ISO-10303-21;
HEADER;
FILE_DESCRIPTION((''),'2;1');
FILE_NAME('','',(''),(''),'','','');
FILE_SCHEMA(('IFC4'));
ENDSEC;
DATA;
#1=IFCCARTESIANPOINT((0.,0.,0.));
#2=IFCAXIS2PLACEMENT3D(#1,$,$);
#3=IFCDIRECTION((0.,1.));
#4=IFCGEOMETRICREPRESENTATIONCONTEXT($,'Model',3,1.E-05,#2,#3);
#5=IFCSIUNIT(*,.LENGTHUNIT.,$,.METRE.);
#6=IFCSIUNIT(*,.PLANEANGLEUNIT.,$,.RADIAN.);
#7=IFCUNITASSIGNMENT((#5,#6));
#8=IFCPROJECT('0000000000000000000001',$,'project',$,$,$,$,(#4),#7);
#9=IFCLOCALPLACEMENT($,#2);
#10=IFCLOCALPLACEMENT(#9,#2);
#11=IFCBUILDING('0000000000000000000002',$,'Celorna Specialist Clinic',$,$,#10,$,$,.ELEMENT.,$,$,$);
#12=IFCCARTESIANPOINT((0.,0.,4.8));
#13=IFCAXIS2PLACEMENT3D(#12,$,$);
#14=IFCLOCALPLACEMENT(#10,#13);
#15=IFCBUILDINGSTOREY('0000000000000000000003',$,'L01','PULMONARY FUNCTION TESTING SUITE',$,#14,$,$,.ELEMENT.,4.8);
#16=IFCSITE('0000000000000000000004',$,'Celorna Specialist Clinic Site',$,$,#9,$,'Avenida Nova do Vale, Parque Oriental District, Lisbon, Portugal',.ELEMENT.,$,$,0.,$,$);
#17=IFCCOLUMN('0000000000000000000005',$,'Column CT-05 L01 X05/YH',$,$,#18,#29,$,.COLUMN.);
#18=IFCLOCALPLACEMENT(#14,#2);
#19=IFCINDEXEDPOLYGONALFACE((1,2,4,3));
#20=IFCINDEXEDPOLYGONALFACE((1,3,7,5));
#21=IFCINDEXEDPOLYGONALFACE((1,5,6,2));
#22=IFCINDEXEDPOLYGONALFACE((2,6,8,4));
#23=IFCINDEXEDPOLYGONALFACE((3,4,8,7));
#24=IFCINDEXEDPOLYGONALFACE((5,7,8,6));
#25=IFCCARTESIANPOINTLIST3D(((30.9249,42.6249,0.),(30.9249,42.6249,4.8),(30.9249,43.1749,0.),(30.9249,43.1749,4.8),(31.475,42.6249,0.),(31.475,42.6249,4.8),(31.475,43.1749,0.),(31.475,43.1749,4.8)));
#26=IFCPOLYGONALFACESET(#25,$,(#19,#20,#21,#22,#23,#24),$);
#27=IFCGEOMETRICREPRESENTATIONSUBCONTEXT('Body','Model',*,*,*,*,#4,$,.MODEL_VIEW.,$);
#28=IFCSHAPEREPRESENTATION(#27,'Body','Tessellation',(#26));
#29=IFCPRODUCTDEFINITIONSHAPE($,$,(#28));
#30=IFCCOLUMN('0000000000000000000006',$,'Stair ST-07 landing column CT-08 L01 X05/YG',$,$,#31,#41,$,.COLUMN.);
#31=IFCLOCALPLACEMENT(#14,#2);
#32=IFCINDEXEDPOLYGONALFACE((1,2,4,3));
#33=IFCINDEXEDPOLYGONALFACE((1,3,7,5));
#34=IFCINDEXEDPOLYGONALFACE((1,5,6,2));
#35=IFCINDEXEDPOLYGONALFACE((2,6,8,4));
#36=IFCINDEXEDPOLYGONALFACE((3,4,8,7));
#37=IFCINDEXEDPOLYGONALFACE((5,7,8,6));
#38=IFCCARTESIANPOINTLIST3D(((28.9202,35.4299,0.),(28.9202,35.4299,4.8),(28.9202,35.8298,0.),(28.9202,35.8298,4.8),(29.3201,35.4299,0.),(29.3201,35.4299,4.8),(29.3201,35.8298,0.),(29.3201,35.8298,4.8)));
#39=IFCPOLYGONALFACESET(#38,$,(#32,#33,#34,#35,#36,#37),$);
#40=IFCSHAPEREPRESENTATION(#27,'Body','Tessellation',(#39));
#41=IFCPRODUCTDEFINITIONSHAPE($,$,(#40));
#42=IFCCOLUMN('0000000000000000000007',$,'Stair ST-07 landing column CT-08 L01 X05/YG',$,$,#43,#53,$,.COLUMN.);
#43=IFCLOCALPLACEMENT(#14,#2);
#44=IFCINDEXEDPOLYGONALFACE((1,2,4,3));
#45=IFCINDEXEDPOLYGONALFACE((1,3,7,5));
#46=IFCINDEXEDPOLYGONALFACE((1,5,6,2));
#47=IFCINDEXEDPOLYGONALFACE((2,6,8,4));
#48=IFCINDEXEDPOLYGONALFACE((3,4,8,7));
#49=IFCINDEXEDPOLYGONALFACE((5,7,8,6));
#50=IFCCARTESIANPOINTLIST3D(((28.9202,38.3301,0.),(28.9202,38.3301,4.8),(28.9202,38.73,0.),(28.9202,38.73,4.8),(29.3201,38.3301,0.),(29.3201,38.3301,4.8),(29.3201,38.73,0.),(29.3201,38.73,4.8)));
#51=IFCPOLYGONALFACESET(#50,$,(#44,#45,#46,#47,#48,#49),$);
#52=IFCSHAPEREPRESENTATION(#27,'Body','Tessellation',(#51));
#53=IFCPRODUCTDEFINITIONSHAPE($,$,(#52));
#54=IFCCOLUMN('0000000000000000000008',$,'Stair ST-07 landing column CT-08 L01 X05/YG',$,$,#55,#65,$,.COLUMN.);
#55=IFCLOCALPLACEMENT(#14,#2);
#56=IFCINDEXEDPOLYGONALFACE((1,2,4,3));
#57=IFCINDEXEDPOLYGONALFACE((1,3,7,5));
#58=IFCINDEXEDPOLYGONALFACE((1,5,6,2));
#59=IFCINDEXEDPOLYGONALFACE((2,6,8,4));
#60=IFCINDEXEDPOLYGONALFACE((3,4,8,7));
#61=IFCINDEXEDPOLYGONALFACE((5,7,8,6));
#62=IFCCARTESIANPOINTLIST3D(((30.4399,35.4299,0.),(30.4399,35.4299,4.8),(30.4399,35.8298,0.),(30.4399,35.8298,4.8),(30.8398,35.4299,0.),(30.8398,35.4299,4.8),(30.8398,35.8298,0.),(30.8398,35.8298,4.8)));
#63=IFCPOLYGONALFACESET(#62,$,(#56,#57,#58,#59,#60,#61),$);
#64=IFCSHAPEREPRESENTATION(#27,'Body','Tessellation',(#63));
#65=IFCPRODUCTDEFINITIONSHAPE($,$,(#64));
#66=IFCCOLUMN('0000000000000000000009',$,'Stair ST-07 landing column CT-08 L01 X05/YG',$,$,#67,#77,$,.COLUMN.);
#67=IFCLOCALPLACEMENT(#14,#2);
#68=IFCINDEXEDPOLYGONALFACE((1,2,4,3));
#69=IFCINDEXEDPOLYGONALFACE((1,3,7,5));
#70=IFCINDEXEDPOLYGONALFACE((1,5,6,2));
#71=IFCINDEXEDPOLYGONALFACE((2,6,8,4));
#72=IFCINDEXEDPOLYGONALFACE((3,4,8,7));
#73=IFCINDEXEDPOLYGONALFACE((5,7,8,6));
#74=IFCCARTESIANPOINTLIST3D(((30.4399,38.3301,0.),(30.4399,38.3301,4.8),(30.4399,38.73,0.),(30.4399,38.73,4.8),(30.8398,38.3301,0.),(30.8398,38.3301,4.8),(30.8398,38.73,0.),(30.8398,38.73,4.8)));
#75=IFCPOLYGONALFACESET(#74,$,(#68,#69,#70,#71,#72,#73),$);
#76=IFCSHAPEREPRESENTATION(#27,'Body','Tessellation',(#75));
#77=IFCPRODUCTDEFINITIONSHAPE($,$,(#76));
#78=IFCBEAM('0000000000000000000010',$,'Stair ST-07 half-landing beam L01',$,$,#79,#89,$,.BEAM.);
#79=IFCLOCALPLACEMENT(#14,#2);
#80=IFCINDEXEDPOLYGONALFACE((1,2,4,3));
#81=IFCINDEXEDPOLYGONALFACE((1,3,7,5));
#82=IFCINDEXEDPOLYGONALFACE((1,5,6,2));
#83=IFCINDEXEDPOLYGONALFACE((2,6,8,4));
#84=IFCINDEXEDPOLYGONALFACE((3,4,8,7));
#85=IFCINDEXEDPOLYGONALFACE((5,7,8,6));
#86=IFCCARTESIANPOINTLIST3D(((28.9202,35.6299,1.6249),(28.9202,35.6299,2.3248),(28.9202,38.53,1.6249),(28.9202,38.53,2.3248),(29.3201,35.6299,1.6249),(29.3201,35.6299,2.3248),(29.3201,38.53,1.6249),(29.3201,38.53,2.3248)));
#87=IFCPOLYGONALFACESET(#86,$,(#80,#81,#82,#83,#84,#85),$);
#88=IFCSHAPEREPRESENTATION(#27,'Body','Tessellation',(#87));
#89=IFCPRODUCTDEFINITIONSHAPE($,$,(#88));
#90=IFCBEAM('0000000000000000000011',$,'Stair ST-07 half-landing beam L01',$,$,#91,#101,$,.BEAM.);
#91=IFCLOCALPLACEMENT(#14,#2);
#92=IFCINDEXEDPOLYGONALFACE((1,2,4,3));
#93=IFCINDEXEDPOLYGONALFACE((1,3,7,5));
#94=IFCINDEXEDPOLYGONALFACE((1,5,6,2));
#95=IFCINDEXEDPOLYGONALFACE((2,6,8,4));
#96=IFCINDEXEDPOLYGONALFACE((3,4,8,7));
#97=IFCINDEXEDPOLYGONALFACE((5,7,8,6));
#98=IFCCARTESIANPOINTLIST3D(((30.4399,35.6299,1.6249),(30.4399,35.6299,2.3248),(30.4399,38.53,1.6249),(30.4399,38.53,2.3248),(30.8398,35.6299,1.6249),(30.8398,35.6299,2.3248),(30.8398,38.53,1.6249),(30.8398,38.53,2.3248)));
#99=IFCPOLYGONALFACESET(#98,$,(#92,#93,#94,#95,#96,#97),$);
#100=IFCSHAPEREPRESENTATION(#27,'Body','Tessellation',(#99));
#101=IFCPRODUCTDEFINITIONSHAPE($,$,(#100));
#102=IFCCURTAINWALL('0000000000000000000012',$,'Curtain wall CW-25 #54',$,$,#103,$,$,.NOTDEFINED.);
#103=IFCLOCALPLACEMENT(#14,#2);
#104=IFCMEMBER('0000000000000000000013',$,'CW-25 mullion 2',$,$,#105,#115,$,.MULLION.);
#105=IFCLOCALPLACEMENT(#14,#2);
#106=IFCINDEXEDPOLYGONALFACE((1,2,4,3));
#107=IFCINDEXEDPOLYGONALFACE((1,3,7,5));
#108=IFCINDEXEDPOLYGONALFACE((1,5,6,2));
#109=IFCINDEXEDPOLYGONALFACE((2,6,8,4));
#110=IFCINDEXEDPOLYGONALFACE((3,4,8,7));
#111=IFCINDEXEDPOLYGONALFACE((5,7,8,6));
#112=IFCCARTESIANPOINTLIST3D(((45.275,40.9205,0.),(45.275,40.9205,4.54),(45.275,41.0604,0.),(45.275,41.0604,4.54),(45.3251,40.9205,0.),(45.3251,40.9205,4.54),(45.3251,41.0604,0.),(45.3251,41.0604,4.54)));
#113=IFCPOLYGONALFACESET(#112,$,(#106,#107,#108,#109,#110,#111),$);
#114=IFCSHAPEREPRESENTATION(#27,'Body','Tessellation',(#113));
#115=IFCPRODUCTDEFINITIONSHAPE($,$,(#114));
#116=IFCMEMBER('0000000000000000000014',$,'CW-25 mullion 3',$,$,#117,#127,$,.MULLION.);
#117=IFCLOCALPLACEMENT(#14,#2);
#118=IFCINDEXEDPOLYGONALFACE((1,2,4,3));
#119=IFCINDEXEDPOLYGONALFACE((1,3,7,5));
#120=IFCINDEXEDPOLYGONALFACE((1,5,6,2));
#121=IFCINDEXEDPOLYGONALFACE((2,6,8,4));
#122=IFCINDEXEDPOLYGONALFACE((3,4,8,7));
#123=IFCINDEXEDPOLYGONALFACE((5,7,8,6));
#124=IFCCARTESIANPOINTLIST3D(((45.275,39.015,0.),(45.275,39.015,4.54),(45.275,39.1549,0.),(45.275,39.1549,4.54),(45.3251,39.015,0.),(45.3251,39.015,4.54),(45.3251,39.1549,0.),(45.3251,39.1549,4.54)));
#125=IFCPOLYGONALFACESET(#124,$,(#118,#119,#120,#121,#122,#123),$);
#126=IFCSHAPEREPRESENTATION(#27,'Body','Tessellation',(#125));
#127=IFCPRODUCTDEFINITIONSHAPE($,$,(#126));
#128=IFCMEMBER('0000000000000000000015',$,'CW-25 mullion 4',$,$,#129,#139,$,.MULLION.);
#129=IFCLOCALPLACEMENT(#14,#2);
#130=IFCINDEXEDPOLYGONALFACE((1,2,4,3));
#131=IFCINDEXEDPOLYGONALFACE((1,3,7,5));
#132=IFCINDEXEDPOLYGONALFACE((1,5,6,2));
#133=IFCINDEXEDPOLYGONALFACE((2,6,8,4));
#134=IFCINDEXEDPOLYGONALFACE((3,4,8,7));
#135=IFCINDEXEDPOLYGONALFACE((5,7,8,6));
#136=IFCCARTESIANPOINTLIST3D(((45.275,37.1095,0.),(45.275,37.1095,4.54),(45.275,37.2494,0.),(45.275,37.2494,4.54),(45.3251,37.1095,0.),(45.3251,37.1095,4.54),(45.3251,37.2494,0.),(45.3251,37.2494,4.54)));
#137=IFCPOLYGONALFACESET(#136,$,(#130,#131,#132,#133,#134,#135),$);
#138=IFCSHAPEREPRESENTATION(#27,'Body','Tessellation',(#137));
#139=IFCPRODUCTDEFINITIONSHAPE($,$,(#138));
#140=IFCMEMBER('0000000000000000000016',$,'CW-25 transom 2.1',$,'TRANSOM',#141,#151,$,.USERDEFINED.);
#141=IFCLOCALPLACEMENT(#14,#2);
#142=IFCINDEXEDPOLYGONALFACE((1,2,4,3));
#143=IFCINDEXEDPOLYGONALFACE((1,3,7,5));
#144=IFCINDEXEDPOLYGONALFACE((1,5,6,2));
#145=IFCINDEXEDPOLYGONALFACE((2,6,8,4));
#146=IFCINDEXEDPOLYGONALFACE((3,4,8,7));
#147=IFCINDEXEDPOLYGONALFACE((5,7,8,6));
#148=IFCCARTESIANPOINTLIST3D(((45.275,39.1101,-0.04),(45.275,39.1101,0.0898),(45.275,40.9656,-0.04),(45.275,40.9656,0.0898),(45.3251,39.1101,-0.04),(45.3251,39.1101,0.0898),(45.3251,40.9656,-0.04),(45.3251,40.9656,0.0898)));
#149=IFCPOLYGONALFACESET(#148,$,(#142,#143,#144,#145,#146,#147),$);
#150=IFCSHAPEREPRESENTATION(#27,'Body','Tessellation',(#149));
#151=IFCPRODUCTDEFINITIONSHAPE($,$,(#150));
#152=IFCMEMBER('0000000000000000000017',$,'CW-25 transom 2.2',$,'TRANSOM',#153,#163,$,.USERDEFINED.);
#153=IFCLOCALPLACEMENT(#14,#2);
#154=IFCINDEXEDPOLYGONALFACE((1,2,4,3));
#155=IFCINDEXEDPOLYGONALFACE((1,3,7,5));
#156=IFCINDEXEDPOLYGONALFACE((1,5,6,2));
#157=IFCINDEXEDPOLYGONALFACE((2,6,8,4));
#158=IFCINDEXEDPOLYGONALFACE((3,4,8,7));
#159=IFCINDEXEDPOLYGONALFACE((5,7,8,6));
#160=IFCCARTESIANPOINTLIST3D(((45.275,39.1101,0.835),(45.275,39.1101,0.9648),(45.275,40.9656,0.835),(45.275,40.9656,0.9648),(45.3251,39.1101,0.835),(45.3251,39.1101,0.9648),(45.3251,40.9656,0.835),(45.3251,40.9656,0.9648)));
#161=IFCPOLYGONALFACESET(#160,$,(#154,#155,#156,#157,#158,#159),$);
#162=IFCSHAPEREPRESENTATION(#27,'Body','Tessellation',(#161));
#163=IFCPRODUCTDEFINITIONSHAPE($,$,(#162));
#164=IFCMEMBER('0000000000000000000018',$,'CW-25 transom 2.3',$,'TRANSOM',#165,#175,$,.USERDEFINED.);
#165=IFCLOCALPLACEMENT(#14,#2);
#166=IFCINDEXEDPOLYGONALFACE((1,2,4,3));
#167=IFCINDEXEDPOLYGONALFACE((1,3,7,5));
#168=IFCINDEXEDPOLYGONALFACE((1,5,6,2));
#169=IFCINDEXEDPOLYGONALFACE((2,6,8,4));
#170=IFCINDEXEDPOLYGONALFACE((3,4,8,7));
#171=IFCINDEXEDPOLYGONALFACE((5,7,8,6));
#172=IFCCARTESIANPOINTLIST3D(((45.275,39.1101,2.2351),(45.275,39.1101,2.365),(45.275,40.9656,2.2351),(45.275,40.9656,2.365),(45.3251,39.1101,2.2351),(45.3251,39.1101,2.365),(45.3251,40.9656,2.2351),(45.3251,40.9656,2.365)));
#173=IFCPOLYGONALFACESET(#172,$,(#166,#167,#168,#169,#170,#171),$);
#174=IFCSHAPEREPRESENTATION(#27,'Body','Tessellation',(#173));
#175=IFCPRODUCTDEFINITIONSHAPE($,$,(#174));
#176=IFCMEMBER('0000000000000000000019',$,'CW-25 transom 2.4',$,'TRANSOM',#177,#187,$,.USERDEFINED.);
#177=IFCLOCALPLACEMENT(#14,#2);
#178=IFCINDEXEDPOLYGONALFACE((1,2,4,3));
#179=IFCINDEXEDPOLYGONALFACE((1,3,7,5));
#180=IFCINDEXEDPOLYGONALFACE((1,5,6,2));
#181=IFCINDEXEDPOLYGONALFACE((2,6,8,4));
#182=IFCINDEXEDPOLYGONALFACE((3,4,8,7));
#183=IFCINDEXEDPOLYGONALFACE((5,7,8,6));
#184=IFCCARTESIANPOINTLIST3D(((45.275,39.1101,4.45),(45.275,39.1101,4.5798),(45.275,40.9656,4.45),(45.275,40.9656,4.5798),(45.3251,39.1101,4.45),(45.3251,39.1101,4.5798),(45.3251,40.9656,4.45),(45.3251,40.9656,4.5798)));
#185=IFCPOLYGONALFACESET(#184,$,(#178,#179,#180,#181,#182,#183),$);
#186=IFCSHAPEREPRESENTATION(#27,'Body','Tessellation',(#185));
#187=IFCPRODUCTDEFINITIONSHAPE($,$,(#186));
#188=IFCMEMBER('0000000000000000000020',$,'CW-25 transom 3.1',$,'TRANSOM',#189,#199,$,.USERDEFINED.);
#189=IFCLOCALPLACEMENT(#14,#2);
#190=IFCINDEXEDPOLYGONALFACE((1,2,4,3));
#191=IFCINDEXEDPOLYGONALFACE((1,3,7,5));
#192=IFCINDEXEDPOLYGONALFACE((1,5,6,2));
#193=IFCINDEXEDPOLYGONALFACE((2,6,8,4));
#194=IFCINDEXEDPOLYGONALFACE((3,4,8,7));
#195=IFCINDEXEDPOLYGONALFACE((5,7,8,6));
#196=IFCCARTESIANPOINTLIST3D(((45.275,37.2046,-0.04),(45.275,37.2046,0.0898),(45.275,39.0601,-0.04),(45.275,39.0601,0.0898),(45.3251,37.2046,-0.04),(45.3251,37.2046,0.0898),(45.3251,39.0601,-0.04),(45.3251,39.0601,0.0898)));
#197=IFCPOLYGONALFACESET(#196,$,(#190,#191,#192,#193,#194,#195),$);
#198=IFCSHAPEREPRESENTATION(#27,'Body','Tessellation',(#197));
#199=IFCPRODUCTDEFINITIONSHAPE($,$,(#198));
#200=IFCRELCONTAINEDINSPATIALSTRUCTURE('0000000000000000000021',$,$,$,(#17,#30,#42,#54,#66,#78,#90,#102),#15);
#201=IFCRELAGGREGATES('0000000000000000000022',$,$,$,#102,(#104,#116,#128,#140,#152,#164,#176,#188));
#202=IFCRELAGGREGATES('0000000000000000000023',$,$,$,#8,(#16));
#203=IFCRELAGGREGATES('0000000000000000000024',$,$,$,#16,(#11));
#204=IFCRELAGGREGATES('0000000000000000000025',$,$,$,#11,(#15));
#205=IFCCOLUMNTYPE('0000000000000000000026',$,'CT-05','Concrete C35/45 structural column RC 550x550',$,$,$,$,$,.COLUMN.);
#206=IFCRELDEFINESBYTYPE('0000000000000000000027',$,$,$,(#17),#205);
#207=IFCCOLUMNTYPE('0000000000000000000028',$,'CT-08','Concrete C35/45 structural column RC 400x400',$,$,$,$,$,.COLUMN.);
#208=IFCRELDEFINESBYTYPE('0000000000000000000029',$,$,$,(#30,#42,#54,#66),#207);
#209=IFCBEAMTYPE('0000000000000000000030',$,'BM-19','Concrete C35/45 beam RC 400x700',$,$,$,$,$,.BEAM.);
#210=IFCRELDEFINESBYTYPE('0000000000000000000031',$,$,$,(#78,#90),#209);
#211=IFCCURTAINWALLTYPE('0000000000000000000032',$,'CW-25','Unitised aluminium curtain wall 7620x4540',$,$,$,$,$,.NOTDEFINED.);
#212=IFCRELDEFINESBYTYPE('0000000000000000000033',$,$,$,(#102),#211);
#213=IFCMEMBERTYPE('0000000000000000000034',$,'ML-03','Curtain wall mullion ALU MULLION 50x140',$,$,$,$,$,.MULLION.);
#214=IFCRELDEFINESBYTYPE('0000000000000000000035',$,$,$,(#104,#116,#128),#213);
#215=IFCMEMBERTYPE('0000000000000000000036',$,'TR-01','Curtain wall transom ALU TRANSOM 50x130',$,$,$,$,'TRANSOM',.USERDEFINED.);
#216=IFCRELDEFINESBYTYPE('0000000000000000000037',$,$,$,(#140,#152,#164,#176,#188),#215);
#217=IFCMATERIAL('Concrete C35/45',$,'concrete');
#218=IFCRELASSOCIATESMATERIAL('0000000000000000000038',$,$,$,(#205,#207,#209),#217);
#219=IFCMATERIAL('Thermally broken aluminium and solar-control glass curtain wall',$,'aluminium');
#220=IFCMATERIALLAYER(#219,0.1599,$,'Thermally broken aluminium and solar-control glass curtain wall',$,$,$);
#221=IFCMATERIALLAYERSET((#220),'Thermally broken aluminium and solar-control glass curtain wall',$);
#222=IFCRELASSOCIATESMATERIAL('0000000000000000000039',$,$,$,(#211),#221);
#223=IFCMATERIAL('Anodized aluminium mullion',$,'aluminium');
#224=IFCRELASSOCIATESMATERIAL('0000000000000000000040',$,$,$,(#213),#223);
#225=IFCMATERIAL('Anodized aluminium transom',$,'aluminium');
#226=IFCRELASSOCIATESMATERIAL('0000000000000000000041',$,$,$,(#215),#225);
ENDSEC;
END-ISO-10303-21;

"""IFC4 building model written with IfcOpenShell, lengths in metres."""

from ifc_helpers import new_model, si_unit, direction, frame, origin, origin_2d, place, context, subcontext, project, spatial, rectangle, extrude, material, layer, layer_set, material_profile, profile_set, type_object, element, aggregate, save


model = new_model("IFC4")

# Units and contexts
model_context = context("Model", 3, precision=1e-05, world=origin(), true_north=direction((0.0, 1.0)))
body_context = subcontext(model_context, "Body", "Model", "MODEL_VIEW")
ifc_project = project(units=[si_unit("LENGTHUNIT", "METRE"), si_unit("PLANEANGLEUNIT", "RADIAN")], contexts=[model_context])

# Site, building, storey
site_placement = place(None, origin())
site = spatial("IfcSite", under=ifc_project, at=site_placement, Name="Celorna Specialist Clinic Site", LongName="Avenida Nova do Vale, Parque Oriental District, Lisbon, Portugal", CompositionType="ELEMENT", RefElevation=0.0)
building_placement = place(site_placement, origin())
building = spatial("IfcBuilding", under=site, at=building_placement, Name="Celorna Specialist Clinic", CompositionType="ELEMENT")
storey_placement = place(building_placement, frame((0.0, 0.0, 4.8)))
storey = spatial("IfcBuildingStorey", under=building, at=storey_placement, Name="L01", Description="PULMONARY FUNCTION TESTING SUITE", CompositionType="ELEMENT", Elevation=4.8)

# Columns
ifc_material_1 = material(Name="Concrete C35/45", Category="concrete")
ifc_material_profile_1 = material_profile(ifc_material_1, rectangle(XDim=0.55, YDim=0.55, at=origin_2d()), Name="RC 550x550")
ifc_profile_set_1 = profile_set([ifc_material_profile_1], Name="Concrete C35/45")
column_type_1 = type_object("IfcColumnType", Name="CT-05", Description="Concrete C35/45 structural column RC 550x550", PredefinedType="COLUMN", material=ifc_profile_set_1)
column_placement = place(storey_placement, frame((31.2, 42.8999, 0.0), z_axis=(0.0, 0.0, 1.0), x_axis=(1.0, 0.0, 0.0)))
element("IfcColumn", 1, at=column_placement, inside=storey, type_object=column_type_1, Name="Column CT-05 L01 X05/YH", PredefinedType="COLUMN", context=body_context, shape_type="SweptSolid", body=[
    extrude(rectangle(XDim=0.55, YDim=0.55, at=origin_2d()), origin(), (0.0, 0.0, 1.0), 4.8),
])
ifc_material_profile_2 = material_profile(ifc_material_1, rectangle(XDim=0.3999, YDim=0.3999, at=origin_2d()), Name="RC 400x400")
ifc_profile_set_2 = profile_set([ifc_material_profile_2], Name="Concrete C35/45")
column_type_2 = type_object("IfcColumnType", Name="CT-08", Description="Concrete C35/45 structural column RC 400x400", PredefinedType="COLUMN", material=ifc_profile_set_2)
for number, where, z_axis, x_axis, name in (
    (2, (29.1201, 35.6299, 0.0), (0.0, 0.0, 1.0), (1.0, 0.0, 0.0), "Stair ST-07 landing column CT-08 L01 X05/YG"),
    (3, (29.1201, 38.53, 0.0), (0.0, 0.0, 1.0), (1.0, 0.0, 0.0), "Stair ST-07 landing column CT-08 L01 X05/YG"),
    (4, (30.6399, 35.6299, 0.0), (0.0, 0.0, 1.0), (1.0, 0.0, 0.0), "Stair ST-07 landing column CT-08 L01 X05/YG"),
    (5, (30.6399, 38.53, 0.0), (0.0, 0.0, 1.0), (1.0, 0.0, 0.0), "Stair ST-07 landing column CT-08 L01 X05/YG"),
):
    element("IfcColumn", number, at=place(storey_placement, frame(where, z_axis=z_axis, x_axis=x_axis)), inside=storey, type_object=column_type_2, Name=name, PredefinedType="COLUMN", context=body_context, shape_type="SweptSolid", body=[
        extrude(rectangle(XDim=0.3999, YDim=0.3999, at=origin_2d()), origin(), (0.0, 0.0, 1.0), 4.8),
    ])

# Beams
ifc_material_profile_3 = material_profile(ifc_material_1, rectangle(XDim=0.3999, YDim=0.7, at=origin_2d()), Name="RC 400x700")
ifc_profile_set_3 = profile_set([ifc_material_profile_3], Name="Concrete C35/45")
beam_type = type_object("IfcBeamType", Name="BM-19", Description="Concrete C35/45 beam RC 400x700", PredefinedType="BEAM", material=ifc_profile_set_3)
for number, where, z_axis, x_axis, name in (
    (6, (29.1201, 35.6299, 1.9749), (0.0, 1.0, 0.0), (-1.0, 0.0, 0.0), "Stair ST-07 half-landing beam L01"),
    (7, (30.6399, 35.6299, 1.9749), (0.0, 1.0, 0.0), (-1.0, 0.0, 0.0), "Stair ST-07 half-landing beam L01"),
):
    element("IfcBeam", number, at=place(storey_placement, frame(where, z_axis=z_axis, x_axis=x_axis)), inside=storey, type_object=beam_type, Name=name, PredefinedType="BEAM", context=body_context, shape_type="SweptSolid", body=[
        extrude(rectangle(XDim=0.3999, YDim=0.7, at=origin_2d()), origin(), (0.0, 0.0, 1.0), 2.9001),
    ])

# Curtain wall, members
ifc_material_2 = material(Name="Thermally broken aluminium and solar-control glass curtain wall", Category="aluminium")
ifc_layer_1 = layer(ifc_material_2, 0.1599, Name="Thermally broken aluminium and solar-control glass curtain wall")
ifc_layer_set_1 = layer_set([ifc_layer_1], Name="Thermally broken aluminium and solar-control glass curtain wall")
curtain_wall_type = type_object("IfcCurtainWallType", Name="CW-25", Description="Unitised aluminium curtain wall 7620x4540", PredefinedType="NOTDEFINED", material=ifc_layer_set_1)
curtain_wall_placement = place(storey_placement, origin())
curtain_wall = element("IfcCurtainWall", 8, at=curtain_wall_placement, inside=storey, type_object=curtain_wall_type, Name="Curtain wall CW-25 #54", PredefinedType="NOTDEFINED")
ifc_material_3 = material(Name="Anodized aluminium mullion", Category="aluminium")
ifc_material_profile_4 = material_profile(ifc_material_3, rectangle(XDim=0.05, YDim=0.1399, at=origin_2d()), Name="ALU MULLION 50x140")
ifc_profile_set_4 = profile_set([ifc_material_profile_4], Name="Anodized aluminium mullion")
member_type_1 = type_object("IfcMemberType", Name="ML-03", Description="Curtain wall mullion ALU MULLION 50x140", PredefinedType="MULLION", material=ifc_profile_set_4)
member_1_placement = place(storey_placement, frame((45.3, 40.9905, 0.0), z_axis=(0.0, 0.0, 1.0), x_axis=(1.0, 0.0, 0.0)))
member_1 = element("IfcMember", 9, at=member_1_placement, type_object=member_type_1, Name="CW-25 mullion 2", PredefinedType="MULLION", context=body_context, shape_type="SweptSolid", body=[
    extrude(rectangle(XDim=0.05, YDim=0.1399, at=origin_2d()), origin(), (0.0, 0.0, 1.0), 4.54),
])
member_2_placement = place(storey_placement, frame((45.3, 39.085, 0.0), z_axis=(0.0, 0.0, 1.0), x_axis=(1.0, 0.0, 0.0)))
member_2 = element("IfcMember", 10, at=member_2_placement, type_object=member_type_1, Name="CW-25 mullion 3", PredefinedType="MULLION", context=body_context, shape_type="SweptSolid", body=[
    extrude(rectangle(XDim=0.05, YDim=0.1399, at=origin_2d()), origin(), (0.0, 0.0, 1.0), 4.54),
])
member_3_placement = place(storey_placement, frame((45.3, 37.1794, 0.0), z_axis=(0.0, 0.0, 1.0), x_axis=(1.0, 0.0, 0.0)))
member_3 = element("IfcMember", 11, at=member_3_placement, type_object=member_type_1, Name="CW-25 mullion 4", PredefinedType="MULLION", context=body_context, shape_type="SweptSolid", body=[
    extrude(rectangle(XDim=0.05, YDim=0.1399, at=origin_2d()), origin(), (0.0, 0.0, 1.0), 4.54),
])
ifc_material_4 = material(Name="Anodized aluminium transom", Category="aluminium")
ifc_material_profile_5 = material_profile(ifc_material_4, rectangle(XDim=0.05, YDim=0.1299, at=origin_2d()), Name="ALU TRANSOM 50x130")
ifc_profile_set_5 = profile_set([ifc_material_profile_5], Name="Anodized aluminium transom")
member_type_2 = type_object("IfcMemberType", Name="TR-01", Description="Curtain wall transom ALU TRANSOM 50x130", ElementType="TRANSOM", PredefinedType="USERDEFINED", material=ifc_profile_set_5)
member_4_placement = place(storey_placement, frame((45.3, 40.9656, 0.0249), z_axis=(0.0, -1.0, 0.0), x_axis=(1.0, 0.0, 0.0)))
member_4 = element("IfcMember", 12, at=member_4_placement, type_object=member_type_2, Name="CW-25 transom 2.1", ObjectType="TRANSOM", PredefinedType="USERDEFINED", context=body_context, shape_type="SweptSolid", body=[
    extrude(rectangle(XDim=0.05, YDim=0.1299, at=origin_2d()), origin(), (0.0, 0.0, 1.0), 1.8555),
])
member_5_placement = place(storey_placement, frame((45.3, 40.9656, 0.8999), z_axis=(0.0, -1.0, 0.0), x_axis=(1.0, 0.0, 0.0)))
member_5 = element("IfcMember", 13, at=member_5_placement, type_object=member_type_2, Name="CW-25 transom 2.2", ObjectType="TRANSOM", PredefinedType="USERDEFINED", context=body_context, shape_type="SweptSolid", body=[
    extrude(rectangle(XDim=0.05, YDim=0.1299, at=origin_2d()), origin(), (0.0, 0.0, 1.0), 1.8555),
])
member_6_placement = place(storey_placement, frame((45.3, 40.9656, 2.3), z_axis=(0.0, -1.0, 0.0), x_axis=(1.0, 0.0, 0.0)))
member_6 = element("IfcMember", 14, at=member_6_placement, type_object=member_type_2, Name="CW-25 transom 2.3", ObjectType="TRANSOM", PredefinedType="USERDEFINED", context=body_context, shape_type="SweptSolid", body=[
    extrude(rectangle(XDim=0.05, YDim=0.1299, at=origin_2d()), origin(), (0.0, 0.0, 1.0), 1.8555),
])
member_7_placement = place(storey_placement, frame((45.3, 40.9656, 4.5149), z_axis=(0.0, -1.0, 0.0), x_axis=(1.0, 0.0, 0.0)))
member_7 = element("IfcMember", 15, at=member_7_placement, type_object=member_type_2, Name="CW-25 transom 2.4", ObjectType="TRANSOM", PredefinedType="USERDEFINED", context=body_context, shape_type="SweptSolid", body=[
    extrude(rectangle(XDim=0.05, YDim=0.1299, at=origin_2d()), origin(), (0.0, 0.0, 1.0), 1.8555),
])
member_8_placement = place(storey_placement, frame((45.3, 39.0601, 0.0249), z_axis=(0.0, -1.0, 0.0), x_axis=(1.0, 0.0, 0.0)))
member_8 = element("IfcMember", 16, at=member_8_placement, type_object=member_type_2, Name="CW-25 transom 3.1", ObjectType="TRANSOM", PredefinedType="USERDEFINED", context=body_context, shape_type="SweptSolid", body=[
    extrude(rectangle(XDim=0.05, YDim=0.1299, at=origin_2d()), origin(), (0.0, 0.0, 1.0), 1.8555),
])
aggregate(curtain_wall, [member_1, member_2, member_3, member_4, member_5, member_6, member_7, member_8])

save(model, "model.ifc")
